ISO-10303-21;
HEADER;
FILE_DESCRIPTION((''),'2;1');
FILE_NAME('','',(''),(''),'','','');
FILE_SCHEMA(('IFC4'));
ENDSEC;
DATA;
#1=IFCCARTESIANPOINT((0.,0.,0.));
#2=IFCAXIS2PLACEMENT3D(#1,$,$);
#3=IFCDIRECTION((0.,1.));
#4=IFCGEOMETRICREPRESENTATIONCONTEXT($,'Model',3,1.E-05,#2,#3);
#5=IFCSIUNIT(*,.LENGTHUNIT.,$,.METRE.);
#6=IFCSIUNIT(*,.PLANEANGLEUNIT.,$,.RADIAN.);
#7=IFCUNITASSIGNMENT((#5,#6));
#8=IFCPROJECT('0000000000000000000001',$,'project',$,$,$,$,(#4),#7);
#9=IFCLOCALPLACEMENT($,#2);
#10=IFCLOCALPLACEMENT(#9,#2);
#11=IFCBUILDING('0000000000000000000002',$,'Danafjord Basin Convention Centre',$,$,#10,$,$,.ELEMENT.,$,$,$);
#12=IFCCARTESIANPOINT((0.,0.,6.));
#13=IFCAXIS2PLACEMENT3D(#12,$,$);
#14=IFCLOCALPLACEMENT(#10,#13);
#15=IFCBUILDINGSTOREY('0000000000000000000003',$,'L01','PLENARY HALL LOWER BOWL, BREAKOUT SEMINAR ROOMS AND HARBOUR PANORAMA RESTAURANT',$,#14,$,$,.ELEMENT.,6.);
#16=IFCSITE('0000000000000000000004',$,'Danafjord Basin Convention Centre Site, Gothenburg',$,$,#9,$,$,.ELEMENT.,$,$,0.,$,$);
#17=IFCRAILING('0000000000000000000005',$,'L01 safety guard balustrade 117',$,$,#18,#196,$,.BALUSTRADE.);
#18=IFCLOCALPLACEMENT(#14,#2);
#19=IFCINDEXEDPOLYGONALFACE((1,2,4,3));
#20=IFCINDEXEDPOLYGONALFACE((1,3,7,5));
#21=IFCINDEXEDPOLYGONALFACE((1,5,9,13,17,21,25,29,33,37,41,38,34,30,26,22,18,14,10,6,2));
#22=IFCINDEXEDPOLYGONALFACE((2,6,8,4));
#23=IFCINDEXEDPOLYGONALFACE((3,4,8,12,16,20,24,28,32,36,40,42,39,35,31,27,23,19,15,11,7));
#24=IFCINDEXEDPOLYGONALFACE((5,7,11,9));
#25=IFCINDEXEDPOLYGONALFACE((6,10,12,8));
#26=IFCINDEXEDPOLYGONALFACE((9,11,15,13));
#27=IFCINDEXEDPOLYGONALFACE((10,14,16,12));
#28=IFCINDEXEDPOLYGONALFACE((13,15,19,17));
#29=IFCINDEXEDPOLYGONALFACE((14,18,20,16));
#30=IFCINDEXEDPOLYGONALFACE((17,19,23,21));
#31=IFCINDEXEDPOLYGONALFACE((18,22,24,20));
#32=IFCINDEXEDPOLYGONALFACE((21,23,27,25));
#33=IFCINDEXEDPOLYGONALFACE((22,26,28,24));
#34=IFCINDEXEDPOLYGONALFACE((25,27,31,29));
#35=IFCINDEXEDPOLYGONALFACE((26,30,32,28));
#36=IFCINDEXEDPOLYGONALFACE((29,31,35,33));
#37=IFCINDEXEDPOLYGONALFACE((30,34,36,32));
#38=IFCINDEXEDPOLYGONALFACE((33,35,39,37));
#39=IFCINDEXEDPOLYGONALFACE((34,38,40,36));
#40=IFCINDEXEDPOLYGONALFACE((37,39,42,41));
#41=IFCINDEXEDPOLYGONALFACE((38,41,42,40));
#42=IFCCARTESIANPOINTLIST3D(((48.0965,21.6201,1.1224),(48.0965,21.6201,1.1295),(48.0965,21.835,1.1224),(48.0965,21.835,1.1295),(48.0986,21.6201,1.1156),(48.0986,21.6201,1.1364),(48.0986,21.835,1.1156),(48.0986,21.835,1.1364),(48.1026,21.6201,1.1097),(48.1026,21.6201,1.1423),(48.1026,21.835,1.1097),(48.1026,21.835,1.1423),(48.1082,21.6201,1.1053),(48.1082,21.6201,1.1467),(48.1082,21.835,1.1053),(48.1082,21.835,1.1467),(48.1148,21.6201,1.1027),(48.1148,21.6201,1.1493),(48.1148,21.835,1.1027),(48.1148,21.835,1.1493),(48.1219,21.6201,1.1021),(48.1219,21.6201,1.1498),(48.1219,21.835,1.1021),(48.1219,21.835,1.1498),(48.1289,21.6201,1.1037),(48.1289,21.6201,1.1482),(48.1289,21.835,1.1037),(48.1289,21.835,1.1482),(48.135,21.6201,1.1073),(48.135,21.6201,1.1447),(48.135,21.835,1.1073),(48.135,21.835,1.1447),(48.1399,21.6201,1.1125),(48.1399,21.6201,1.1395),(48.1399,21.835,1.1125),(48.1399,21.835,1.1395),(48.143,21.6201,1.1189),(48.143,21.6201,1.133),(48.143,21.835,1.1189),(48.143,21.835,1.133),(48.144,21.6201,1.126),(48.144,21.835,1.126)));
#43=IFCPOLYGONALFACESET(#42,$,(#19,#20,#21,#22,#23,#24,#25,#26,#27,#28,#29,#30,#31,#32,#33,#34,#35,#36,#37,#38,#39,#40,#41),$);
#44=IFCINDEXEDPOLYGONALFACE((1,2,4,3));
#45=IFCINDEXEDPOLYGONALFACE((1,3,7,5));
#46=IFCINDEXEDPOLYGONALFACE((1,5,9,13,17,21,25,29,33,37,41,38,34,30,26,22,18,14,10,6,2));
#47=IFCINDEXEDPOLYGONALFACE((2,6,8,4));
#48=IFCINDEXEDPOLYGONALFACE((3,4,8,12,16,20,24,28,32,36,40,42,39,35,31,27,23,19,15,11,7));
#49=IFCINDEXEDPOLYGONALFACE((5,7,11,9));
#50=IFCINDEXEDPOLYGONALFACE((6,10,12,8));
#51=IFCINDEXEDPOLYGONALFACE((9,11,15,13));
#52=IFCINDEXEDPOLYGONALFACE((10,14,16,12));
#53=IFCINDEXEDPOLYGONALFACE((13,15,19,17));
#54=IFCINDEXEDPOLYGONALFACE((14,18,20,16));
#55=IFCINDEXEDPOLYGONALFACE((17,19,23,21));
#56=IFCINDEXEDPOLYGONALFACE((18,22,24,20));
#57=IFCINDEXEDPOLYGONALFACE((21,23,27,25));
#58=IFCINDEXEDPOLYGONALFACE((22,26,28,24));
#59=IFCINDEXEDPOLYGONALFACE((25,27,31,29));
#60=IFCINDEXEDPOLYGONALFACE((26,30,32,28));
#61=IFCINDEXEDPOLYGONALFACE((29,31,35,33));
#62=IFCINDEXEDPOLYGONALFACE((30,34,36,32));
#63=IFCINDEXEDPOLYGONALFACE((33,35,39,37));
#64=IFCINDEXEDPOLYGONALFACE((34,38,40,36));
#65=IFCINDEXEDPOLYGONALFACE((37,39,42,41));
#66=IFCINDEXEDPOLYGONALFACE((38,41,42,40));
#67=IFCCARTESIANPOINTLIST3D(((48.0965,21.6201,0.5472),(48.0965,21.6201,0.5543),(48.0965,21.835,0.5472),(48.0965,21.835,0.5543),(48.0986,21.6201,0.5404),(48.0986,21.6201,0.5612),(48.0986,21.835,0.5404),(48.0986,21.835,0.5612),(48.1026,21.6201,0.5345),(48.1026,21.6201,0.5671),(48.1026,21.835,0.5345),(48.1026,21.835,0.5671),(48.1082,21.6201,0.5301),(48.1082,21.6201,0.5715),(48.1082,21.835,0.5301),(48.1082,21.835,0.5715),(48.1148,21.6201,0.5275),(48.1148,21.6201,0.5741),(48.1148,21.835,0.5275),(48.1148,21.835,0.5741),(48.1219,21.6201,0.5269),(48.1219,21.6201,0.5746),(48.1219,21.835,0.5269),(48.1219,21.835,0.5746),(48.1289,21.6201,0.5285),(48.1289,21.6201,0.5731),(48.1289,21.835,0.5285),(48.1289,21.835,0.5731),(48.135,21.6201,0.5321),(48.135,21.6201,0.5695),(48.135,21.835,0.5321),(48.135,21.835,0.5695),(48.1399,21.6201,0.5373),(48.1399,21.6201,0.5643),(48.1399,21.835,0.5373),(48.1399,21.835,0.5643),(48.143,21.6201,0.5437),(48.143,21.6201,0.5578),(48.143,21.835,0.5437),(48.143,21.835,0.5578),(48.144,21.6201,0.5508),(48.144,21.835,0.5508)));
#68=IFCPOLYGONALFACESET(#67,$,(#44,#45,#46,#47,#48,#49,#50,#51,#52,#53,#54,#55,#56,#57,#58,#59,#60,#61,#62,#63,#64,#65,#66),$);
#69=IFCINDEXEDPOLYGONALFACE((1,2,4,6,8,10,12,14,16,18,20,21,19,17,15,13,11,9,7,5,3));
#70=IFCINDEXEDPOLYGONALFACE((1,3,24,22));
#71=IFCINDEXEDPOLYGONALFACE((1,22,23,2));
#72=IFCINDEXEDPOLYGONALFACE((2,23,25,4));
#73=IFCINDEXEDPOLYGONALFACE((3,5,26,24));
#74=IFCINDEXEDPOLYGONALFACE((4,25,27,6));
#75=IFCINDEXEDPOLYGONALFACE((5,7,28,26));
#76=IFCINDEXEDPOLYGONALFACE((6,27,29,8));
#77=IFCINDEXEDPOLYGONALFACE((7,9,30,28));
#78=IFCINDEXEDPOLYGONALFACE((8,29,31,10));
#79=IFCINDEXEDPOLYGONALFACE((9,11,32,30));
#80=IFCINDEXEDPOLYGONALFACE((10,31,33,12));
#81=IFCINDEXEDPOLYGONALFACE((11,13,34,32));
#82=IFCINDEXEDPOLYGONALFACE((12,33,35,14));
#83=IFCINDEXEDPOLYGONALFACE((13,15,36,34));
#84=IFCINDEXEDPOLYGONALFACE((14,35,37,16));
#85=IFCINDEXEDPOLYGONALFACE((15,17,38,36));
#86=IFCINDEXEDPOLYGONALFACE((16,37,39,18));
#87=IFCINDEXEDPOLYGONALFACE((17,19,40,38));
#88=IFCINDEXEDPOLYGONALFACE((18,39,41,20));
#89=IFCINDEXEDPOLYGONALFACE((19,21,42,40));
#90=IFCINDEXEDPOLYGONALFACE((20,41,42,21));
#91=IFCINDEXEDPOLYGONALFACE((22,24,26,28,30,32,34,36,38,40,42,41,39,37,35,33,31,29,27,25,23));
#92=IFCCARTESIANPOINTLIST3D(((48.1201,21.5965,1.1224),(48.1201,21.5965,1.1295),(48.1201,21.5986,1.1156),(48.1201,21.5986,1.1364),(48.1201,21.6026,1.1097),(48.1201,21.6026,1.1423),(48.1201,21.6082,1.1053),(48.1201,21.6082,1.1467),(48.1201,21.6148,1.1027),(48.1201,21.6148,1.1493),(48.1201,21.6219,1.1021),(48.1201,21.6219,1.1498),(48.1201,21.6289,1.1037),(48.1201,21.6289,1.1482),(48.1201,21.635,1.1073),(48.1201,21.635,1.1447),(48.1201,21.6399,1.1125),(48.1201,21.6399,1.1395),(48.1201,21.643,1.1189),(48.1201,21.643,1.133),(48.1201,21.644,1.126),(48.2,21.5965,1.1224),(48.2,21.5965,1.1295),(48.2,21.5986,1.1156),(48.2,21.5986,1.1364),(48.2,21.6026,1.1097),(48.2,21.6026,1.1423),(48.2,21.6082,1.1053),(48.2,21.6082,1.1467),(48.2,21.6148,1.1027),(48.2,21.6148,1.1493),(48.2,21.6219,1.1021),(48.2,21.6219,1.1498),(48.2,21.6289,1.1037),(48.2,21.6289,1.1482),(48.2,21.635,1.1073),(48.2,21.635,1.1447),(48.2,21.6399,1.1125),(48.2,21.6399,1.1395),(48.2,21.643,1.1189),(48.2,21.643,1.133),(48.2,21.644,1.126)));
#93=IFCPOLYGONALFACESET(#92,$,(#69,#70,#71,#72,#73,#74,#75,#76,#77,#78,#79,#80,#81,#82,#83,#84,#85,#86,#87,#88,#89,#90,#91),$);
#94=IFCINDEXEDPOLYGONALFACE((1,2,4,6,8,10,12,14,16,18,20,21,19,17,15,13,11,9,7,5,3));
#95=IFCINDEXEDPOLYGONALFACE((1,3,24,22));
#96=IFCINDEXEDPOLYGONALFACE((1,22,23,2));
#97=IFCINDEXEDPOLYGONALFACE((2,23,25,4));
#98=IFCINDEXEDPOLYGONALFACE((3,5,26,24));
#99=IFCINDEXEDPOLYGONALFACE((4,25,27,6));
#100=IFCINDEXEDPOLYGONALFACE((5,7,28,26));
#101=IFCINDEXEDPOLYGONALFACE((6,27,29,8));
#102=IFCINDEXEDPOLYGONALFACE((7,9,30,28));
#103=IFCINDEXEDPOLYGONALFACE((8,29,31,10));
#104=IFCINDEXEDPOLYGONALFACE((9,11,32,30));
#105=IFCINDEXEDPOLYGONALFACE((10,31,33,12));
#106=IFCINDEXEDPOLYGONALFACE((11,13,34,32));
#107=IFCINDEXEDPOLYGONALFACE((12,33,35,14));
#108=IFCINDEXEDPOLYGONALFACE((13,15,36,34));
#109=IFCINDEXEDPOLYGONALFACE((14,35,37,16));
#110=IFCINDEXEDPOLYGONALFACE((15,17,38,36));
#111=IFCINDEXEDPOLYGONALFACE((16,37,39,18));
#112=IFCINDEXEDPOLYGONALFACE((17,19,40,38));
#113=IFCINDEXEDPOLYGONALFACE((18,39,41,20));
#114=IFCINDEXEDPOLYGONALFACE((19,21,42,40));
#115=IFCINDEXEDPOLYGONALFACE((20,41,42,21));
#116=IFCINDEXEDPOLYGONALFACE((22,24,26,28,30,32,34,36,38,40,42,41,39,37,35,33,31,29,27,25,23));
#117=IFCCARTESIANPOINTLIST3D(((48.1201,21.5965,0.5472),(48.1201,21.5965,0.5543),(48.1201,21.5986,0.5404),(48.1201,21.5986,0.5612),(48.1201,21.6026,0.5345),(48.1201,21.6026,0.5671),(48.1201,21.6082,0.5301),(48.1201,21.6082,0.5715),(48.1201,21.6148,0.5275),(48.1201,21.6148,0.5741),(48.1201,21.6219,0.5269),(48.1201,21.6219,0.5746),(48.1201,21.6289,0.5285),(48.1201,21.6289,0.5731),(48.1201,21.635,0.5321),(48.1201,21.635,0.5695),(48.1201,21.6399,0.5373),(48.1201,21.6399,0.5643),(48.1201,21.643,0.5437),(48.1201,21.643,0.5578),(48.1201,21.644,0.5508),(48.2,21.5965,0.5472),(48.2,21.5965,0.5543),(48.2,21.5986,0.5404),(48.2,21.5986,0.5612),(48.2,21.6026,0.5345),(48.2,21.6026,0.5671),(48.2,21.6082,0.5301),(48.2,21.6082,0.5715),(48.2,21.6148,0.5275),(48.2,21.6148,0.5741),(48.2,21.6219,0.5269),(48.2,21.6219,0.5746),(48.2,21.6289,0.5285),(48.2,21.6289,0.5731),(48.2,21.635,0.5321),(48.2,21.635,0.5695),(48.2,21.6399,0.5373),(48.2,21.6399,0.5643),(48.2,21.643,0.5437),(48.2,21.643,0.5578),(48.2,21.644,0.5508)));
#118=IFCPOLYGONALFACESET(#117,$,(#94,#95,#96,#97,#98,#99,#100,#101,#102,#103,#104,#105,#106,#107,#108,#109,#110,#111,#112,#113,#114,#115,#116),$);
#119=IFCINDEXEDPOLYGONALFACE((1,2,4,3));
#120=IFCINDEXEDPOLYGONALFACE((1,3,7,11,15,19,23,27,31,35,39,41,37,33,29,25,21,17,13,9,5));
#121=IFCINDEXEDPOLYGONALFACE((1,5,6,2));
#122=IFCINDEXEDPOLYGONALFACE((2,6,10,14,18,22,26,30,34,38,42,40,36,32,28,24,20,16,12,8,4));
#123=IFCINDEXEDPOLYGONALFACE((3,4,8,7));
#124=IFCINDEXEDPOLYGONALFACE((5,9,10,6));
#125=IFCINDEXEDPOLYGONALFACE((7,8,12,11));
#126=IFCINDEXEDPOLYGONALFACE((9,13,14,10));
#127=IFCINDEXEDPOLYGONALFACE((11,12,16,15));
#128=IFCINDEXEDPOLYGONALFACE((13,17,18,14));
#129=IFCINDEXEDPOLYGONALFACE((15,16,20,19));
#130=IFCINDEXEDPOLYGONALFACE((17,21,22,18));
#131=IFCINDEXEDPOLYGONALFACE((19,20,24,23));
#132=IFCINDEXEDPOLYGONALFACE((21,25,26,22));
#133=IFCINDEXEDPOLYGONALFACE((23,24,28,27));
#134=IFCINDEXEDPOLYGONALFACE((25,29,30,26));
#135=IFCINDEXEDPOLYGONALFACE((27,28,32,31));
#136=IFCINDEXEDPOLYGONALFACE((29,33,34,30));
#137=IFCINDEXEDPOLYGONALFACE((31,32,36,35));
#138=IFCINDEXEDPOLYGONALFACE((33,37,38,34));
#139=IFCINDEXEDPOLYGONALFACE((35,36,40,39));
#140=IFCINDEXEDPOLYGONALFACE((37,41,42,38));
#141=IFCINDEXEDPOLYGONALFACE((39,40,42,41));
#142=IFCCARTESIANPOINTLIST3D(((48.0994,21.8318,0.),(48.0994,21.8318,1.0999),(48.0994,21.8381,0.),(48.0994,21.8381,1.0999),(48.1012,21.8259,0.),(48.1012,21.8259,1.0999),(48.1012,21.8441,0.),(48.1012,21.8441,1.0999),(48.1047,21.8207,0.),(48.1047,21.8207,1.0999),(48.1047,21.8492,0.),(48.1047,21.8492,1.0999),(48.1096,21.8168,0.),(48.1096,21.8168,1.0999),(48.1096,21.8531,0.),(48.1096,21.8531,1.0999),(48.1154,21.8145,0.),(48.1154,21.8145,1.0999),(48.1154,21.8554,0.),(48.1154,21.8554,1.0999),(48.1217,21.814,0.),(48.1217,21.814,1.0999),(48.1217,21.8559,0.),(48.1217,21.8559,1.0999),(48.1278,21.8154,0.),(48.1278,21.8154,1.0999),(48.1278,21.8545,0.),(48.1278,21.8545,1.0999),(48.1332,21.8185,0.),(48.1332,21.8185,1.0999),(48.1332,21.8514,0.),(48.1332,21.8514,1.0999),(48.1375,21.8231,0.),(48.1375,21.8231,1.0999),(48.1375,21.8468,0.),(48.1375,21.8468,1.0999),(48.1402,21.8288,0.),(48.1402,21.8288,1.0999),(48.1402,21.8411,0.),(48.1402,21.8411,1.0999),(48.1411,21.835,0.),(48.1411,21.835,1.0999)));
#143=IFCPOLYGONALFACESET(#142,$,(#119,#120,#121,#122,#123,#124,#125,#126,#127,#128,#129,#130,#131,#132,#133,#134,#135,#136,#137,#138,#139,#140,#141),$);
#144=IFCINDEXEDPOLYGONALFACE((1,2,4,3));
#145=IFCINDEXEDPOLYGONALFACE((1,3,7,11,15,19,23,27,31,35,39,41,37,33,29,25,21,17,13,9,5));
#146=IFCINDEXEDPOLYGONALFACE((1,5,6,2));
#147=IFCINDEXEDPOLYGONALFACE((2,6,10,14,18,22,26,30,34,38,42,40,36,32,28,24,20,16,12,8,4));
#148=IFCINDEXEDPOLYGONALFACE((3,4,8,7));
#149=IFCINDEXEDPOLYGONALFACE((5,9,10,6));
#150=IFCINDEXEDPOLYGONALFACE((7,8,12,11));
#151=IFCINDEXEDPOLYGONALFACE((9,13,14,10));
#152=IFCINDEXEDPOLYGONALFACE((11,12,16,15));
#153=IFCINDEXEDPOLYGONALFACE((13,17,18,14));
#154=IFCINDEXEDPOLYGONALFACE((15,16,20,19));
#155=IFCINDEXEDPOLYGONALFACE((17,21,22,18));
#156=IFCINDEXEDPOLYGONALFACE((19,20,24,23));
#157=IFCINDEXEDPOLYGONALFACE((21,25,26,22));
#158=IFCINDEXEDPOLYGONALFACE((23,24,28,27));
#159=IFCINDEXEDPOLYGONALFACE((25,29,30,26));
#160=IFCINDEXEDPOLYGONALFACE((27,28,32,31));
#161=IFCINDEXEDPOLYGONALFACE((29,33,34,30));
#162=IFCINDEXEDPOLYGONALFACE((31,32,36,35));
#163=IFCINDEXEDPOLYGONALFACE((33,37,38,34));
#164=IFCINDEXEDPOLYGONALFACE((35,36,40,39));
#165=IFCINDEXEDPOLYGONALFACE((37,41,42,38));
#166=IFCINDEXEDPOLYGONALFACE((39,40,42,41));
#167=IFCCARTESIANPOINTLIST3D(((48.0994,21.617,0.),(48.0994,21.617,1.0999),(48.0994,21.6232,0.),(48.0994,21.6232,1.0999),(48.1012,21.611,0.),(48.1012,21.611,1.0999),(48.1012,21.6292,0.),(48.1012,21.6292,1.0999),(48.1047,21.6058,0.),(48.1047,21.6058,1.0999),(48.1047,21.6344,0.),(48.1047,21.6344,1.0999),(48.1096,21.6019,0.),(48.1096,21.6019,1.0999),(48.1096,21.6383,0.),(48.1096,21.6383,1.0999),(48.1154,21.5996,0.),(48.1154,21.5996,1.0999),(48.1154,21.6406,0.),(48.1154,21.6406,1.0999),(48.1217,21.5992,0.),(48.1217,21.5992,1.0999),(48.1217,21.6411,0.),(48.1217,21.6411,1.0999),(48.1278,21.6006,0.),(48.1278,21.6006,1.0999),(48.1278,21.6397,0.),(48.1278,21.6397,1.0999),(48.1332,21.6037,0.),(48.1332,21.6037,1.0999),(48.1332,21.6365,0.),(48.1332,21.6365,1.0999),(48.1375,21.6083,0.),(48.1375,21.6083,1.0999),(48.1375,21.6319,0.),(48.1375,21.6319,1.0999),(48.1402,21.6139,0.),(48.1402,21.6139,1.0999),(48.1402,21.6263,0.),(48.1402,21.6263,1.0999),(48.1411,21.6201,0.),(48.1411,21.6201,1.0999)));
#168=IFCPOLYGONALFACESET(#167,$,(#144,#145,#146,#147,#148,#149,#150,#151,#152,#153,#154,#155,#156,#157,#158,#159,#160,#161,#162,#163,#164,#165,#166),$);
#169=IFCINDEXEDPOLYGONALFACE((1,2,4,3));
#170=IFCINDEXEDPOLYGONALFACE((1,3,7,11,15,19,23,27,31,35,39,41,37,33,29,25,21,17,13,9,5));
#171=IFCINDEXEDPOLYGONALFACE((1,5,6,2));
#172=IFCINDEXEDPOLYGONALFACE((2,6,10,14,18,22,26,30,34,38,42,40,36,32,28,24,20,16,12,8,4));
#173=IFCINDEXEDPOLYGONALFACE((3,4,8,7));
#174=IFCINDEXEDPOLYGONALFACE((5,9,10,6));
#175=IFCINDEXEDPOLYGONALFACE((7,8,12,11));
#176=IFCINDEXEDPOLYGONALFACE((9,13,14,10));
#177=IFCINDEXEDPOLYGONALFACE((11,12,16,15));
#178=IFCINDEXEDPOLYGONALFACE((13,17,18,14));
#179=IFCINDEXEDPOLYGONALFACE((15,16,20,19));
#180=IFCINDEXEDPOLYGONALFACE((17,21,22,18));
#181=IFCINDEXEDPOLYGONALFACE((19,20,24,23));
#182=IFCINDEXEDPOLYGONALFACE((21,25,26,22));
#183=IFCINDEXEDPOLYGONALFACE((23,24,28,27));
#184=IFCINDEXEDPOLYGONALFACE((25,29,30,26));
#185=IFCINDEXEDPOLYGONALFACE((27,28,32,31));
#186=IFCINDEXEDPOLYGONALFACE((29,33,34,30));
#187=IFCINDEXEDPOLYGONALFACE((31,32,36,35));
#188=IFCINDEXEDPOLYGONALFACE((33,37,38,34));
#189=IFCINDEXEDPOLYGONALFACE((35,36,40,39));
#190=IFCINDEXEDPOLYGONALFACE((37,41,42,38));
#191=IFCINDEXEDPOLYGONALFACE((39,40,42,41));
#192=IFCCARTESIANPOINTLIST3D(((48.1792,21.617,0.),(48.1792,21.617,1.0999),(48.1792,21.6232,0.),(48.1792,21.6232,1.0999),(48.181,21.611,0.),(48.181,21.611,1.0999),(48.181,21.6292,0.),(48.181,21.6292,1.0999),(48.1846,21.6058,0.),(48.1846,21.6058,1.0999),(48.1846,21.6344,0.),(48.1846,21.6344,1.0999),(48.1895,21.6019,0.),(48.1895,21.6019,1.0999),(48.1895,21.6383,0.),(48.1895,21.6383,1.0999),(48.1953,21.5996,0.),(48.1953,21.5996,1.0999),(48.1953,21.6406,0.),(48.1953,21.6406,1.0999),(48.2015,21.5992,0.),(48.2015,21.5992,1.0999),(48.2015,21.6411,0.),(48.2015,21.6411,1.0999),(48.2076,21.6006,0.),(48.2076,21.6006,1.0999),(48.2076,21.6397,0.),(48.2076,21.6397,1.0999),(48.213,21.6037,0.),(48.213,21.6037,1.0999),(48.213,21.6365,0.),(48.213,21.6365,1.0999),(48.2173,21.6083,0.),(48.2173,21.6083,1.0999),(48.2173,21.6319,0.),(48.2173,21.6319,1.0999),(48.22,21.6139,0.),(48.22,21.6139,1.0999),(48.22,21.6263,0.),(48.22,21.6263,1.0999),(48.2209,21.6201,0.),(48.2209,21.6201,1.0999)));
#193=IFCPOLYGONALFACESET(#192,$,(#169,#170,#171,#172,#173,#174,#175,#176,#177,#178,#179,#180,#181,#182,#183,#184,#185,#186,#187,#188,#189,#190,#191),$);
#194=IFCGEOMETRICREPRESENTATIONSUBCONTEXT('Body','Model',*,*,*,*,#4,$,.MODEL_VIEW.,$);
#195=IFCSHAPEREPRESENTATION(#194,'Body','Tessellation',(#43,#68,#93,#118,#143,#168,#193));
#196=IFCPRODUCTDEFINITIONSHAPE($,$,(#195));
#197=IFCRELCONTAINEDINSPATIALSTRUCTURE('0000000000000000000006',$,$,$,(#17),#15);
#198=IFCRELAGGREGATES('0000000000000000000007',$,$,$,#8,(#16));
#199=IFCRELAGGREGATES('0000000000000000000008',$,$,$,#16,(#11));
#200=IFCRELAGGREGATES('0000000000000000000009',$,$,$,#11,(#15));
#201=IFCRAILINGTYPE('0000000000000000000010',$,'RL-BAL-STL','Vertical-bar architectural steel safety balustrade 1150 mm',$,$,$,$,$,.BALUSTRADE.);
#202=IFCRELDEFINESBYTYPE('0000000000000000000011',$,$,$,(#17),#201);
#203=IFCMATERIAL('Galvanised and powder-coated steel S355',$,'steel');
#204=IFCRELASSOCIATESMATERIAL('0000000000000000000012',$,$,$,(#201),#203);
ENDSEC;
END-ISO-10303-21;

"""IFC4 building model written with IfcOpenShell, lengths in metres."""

from ifc_helpers import new_model, si_unit, direction, frame, origin, origin_2d, place, context, subcontext, project, spatial, circle, extrude, material, type_object, element, save


model = new_model("IFC4")

# Units and contexts
model_context = context("Model", 3, precision=1e-05, world=origin(), true_north=direction((0.0, 1.0)))
body_context = subcontext(model_context, "Body", "Model", "MODEL_VIEW")
ifc_project = project(units=[si_unit("LENGTHUNIT", "METRE"), si_unit("PLANEANGLEUNIT", "RADIAN")], contexts=[model_context])

# Site, building, storey
site_placement = place(None, origin())
site = spatial("IfcSite", under=ifc_project, at=site_placement, Name="Danafjord Basin Convention Centre Site, Gothenburg", CompositionType="ELEMENT", RefElevation=0.0)
building_placement = place(site_placement, origin())
building = spatial("IfcBuilding", under=site, at=building_placement, Name="Danafjord Basin Convention Centre", CompositionType="ELEMENT")
storey_placement = place(building_placement, frame((0.0, 0.0, 6.0)))
storey = spatial("IfcBuildingStorey", under=building, at=storey_placement, Name="L01", Description="PLENARY HALL LOWER BOWL, BREAKOUT SEMINAR ROOMS AND HARBOUR PANORAMA RESTAURANT", CompositionType="ELEMENT", Elevation=6.0)

# Railing
ifc_material_1 = material(Name="Galvanised and powder-coated steel S355", Category="steel")
railing_type_1 = type_object("IfcRailingType", Name="RL-BAL-STL", Description="Vertical-bar architectural steel safety balustrade 1150 mm", PredefinedType="BALUSTRADE", material=ifc_material_1)
railing_1_placement = place(storey_placement, frame((48.1201, 21.835, 0.0)))
element("IfcRailing", 1, at=railing_1_placement, inside=storey, type_object=railing_type_1, Name="L01 safety guard balustrade 117", PredefinedType="BALUSTRADE", context=body_context, shape_type="SweptSolid", body=[
    extrude(circle(Radius=0.0239, at=origin_2d()), frame((0.0, 0.0, 1.126), z_axis=(0.0, -1.0, 0.0), x_axis=(1.0, 0.0, 0.0)), (0.0, 0.0, 1.0), 0.2148),
    extrude(circle(Radius=0.0239, at=origin_2d()), frame((0.0, 0.0, 0.5508), z_axis=(0.0, -1.0, 0.0), x_axis=(1.0, 0.0, 0.0)), (0.0, 0.0, 1.0), 0.2148),
    extrude(circle(Radius=0.0239, at=origin_2d()), frame((0.0, -0.2148, 1.126), z_axis=(1.0, 0.0, 0.0), x_axis=(0.0, 1.0, 0.0)), (0.0, 0.0, 1.0), 0.0798),
    extrude(circle(Radius=0.0239, at=origin_2d()), frame((0.0, -0.2148, 0.5508), z_axis=(1.0, 0.0, 0.0), x_axis=(0.0, 1.0, 0.0)), (0.0, 0.0, 1.0), 0.0798),
    extrude(circle(Radius=0.021, at=origin_2d()), origin(), (0.0, 0.0, 1.0), 1.0999),
    extrude(circle(Radius=0.021, at=origin_2d()), frame((0.0, -0.2148, 0.0)), (0.0, 0.0, 1.0), 1.0999),
    extrude(circle(Radius=0.021, at=origin_2d()), frame((0.0798, -0.2148, 0.0)), (0.0, 0.0, 1.0), 1.0999),
])

save(model, "model.ifc")
